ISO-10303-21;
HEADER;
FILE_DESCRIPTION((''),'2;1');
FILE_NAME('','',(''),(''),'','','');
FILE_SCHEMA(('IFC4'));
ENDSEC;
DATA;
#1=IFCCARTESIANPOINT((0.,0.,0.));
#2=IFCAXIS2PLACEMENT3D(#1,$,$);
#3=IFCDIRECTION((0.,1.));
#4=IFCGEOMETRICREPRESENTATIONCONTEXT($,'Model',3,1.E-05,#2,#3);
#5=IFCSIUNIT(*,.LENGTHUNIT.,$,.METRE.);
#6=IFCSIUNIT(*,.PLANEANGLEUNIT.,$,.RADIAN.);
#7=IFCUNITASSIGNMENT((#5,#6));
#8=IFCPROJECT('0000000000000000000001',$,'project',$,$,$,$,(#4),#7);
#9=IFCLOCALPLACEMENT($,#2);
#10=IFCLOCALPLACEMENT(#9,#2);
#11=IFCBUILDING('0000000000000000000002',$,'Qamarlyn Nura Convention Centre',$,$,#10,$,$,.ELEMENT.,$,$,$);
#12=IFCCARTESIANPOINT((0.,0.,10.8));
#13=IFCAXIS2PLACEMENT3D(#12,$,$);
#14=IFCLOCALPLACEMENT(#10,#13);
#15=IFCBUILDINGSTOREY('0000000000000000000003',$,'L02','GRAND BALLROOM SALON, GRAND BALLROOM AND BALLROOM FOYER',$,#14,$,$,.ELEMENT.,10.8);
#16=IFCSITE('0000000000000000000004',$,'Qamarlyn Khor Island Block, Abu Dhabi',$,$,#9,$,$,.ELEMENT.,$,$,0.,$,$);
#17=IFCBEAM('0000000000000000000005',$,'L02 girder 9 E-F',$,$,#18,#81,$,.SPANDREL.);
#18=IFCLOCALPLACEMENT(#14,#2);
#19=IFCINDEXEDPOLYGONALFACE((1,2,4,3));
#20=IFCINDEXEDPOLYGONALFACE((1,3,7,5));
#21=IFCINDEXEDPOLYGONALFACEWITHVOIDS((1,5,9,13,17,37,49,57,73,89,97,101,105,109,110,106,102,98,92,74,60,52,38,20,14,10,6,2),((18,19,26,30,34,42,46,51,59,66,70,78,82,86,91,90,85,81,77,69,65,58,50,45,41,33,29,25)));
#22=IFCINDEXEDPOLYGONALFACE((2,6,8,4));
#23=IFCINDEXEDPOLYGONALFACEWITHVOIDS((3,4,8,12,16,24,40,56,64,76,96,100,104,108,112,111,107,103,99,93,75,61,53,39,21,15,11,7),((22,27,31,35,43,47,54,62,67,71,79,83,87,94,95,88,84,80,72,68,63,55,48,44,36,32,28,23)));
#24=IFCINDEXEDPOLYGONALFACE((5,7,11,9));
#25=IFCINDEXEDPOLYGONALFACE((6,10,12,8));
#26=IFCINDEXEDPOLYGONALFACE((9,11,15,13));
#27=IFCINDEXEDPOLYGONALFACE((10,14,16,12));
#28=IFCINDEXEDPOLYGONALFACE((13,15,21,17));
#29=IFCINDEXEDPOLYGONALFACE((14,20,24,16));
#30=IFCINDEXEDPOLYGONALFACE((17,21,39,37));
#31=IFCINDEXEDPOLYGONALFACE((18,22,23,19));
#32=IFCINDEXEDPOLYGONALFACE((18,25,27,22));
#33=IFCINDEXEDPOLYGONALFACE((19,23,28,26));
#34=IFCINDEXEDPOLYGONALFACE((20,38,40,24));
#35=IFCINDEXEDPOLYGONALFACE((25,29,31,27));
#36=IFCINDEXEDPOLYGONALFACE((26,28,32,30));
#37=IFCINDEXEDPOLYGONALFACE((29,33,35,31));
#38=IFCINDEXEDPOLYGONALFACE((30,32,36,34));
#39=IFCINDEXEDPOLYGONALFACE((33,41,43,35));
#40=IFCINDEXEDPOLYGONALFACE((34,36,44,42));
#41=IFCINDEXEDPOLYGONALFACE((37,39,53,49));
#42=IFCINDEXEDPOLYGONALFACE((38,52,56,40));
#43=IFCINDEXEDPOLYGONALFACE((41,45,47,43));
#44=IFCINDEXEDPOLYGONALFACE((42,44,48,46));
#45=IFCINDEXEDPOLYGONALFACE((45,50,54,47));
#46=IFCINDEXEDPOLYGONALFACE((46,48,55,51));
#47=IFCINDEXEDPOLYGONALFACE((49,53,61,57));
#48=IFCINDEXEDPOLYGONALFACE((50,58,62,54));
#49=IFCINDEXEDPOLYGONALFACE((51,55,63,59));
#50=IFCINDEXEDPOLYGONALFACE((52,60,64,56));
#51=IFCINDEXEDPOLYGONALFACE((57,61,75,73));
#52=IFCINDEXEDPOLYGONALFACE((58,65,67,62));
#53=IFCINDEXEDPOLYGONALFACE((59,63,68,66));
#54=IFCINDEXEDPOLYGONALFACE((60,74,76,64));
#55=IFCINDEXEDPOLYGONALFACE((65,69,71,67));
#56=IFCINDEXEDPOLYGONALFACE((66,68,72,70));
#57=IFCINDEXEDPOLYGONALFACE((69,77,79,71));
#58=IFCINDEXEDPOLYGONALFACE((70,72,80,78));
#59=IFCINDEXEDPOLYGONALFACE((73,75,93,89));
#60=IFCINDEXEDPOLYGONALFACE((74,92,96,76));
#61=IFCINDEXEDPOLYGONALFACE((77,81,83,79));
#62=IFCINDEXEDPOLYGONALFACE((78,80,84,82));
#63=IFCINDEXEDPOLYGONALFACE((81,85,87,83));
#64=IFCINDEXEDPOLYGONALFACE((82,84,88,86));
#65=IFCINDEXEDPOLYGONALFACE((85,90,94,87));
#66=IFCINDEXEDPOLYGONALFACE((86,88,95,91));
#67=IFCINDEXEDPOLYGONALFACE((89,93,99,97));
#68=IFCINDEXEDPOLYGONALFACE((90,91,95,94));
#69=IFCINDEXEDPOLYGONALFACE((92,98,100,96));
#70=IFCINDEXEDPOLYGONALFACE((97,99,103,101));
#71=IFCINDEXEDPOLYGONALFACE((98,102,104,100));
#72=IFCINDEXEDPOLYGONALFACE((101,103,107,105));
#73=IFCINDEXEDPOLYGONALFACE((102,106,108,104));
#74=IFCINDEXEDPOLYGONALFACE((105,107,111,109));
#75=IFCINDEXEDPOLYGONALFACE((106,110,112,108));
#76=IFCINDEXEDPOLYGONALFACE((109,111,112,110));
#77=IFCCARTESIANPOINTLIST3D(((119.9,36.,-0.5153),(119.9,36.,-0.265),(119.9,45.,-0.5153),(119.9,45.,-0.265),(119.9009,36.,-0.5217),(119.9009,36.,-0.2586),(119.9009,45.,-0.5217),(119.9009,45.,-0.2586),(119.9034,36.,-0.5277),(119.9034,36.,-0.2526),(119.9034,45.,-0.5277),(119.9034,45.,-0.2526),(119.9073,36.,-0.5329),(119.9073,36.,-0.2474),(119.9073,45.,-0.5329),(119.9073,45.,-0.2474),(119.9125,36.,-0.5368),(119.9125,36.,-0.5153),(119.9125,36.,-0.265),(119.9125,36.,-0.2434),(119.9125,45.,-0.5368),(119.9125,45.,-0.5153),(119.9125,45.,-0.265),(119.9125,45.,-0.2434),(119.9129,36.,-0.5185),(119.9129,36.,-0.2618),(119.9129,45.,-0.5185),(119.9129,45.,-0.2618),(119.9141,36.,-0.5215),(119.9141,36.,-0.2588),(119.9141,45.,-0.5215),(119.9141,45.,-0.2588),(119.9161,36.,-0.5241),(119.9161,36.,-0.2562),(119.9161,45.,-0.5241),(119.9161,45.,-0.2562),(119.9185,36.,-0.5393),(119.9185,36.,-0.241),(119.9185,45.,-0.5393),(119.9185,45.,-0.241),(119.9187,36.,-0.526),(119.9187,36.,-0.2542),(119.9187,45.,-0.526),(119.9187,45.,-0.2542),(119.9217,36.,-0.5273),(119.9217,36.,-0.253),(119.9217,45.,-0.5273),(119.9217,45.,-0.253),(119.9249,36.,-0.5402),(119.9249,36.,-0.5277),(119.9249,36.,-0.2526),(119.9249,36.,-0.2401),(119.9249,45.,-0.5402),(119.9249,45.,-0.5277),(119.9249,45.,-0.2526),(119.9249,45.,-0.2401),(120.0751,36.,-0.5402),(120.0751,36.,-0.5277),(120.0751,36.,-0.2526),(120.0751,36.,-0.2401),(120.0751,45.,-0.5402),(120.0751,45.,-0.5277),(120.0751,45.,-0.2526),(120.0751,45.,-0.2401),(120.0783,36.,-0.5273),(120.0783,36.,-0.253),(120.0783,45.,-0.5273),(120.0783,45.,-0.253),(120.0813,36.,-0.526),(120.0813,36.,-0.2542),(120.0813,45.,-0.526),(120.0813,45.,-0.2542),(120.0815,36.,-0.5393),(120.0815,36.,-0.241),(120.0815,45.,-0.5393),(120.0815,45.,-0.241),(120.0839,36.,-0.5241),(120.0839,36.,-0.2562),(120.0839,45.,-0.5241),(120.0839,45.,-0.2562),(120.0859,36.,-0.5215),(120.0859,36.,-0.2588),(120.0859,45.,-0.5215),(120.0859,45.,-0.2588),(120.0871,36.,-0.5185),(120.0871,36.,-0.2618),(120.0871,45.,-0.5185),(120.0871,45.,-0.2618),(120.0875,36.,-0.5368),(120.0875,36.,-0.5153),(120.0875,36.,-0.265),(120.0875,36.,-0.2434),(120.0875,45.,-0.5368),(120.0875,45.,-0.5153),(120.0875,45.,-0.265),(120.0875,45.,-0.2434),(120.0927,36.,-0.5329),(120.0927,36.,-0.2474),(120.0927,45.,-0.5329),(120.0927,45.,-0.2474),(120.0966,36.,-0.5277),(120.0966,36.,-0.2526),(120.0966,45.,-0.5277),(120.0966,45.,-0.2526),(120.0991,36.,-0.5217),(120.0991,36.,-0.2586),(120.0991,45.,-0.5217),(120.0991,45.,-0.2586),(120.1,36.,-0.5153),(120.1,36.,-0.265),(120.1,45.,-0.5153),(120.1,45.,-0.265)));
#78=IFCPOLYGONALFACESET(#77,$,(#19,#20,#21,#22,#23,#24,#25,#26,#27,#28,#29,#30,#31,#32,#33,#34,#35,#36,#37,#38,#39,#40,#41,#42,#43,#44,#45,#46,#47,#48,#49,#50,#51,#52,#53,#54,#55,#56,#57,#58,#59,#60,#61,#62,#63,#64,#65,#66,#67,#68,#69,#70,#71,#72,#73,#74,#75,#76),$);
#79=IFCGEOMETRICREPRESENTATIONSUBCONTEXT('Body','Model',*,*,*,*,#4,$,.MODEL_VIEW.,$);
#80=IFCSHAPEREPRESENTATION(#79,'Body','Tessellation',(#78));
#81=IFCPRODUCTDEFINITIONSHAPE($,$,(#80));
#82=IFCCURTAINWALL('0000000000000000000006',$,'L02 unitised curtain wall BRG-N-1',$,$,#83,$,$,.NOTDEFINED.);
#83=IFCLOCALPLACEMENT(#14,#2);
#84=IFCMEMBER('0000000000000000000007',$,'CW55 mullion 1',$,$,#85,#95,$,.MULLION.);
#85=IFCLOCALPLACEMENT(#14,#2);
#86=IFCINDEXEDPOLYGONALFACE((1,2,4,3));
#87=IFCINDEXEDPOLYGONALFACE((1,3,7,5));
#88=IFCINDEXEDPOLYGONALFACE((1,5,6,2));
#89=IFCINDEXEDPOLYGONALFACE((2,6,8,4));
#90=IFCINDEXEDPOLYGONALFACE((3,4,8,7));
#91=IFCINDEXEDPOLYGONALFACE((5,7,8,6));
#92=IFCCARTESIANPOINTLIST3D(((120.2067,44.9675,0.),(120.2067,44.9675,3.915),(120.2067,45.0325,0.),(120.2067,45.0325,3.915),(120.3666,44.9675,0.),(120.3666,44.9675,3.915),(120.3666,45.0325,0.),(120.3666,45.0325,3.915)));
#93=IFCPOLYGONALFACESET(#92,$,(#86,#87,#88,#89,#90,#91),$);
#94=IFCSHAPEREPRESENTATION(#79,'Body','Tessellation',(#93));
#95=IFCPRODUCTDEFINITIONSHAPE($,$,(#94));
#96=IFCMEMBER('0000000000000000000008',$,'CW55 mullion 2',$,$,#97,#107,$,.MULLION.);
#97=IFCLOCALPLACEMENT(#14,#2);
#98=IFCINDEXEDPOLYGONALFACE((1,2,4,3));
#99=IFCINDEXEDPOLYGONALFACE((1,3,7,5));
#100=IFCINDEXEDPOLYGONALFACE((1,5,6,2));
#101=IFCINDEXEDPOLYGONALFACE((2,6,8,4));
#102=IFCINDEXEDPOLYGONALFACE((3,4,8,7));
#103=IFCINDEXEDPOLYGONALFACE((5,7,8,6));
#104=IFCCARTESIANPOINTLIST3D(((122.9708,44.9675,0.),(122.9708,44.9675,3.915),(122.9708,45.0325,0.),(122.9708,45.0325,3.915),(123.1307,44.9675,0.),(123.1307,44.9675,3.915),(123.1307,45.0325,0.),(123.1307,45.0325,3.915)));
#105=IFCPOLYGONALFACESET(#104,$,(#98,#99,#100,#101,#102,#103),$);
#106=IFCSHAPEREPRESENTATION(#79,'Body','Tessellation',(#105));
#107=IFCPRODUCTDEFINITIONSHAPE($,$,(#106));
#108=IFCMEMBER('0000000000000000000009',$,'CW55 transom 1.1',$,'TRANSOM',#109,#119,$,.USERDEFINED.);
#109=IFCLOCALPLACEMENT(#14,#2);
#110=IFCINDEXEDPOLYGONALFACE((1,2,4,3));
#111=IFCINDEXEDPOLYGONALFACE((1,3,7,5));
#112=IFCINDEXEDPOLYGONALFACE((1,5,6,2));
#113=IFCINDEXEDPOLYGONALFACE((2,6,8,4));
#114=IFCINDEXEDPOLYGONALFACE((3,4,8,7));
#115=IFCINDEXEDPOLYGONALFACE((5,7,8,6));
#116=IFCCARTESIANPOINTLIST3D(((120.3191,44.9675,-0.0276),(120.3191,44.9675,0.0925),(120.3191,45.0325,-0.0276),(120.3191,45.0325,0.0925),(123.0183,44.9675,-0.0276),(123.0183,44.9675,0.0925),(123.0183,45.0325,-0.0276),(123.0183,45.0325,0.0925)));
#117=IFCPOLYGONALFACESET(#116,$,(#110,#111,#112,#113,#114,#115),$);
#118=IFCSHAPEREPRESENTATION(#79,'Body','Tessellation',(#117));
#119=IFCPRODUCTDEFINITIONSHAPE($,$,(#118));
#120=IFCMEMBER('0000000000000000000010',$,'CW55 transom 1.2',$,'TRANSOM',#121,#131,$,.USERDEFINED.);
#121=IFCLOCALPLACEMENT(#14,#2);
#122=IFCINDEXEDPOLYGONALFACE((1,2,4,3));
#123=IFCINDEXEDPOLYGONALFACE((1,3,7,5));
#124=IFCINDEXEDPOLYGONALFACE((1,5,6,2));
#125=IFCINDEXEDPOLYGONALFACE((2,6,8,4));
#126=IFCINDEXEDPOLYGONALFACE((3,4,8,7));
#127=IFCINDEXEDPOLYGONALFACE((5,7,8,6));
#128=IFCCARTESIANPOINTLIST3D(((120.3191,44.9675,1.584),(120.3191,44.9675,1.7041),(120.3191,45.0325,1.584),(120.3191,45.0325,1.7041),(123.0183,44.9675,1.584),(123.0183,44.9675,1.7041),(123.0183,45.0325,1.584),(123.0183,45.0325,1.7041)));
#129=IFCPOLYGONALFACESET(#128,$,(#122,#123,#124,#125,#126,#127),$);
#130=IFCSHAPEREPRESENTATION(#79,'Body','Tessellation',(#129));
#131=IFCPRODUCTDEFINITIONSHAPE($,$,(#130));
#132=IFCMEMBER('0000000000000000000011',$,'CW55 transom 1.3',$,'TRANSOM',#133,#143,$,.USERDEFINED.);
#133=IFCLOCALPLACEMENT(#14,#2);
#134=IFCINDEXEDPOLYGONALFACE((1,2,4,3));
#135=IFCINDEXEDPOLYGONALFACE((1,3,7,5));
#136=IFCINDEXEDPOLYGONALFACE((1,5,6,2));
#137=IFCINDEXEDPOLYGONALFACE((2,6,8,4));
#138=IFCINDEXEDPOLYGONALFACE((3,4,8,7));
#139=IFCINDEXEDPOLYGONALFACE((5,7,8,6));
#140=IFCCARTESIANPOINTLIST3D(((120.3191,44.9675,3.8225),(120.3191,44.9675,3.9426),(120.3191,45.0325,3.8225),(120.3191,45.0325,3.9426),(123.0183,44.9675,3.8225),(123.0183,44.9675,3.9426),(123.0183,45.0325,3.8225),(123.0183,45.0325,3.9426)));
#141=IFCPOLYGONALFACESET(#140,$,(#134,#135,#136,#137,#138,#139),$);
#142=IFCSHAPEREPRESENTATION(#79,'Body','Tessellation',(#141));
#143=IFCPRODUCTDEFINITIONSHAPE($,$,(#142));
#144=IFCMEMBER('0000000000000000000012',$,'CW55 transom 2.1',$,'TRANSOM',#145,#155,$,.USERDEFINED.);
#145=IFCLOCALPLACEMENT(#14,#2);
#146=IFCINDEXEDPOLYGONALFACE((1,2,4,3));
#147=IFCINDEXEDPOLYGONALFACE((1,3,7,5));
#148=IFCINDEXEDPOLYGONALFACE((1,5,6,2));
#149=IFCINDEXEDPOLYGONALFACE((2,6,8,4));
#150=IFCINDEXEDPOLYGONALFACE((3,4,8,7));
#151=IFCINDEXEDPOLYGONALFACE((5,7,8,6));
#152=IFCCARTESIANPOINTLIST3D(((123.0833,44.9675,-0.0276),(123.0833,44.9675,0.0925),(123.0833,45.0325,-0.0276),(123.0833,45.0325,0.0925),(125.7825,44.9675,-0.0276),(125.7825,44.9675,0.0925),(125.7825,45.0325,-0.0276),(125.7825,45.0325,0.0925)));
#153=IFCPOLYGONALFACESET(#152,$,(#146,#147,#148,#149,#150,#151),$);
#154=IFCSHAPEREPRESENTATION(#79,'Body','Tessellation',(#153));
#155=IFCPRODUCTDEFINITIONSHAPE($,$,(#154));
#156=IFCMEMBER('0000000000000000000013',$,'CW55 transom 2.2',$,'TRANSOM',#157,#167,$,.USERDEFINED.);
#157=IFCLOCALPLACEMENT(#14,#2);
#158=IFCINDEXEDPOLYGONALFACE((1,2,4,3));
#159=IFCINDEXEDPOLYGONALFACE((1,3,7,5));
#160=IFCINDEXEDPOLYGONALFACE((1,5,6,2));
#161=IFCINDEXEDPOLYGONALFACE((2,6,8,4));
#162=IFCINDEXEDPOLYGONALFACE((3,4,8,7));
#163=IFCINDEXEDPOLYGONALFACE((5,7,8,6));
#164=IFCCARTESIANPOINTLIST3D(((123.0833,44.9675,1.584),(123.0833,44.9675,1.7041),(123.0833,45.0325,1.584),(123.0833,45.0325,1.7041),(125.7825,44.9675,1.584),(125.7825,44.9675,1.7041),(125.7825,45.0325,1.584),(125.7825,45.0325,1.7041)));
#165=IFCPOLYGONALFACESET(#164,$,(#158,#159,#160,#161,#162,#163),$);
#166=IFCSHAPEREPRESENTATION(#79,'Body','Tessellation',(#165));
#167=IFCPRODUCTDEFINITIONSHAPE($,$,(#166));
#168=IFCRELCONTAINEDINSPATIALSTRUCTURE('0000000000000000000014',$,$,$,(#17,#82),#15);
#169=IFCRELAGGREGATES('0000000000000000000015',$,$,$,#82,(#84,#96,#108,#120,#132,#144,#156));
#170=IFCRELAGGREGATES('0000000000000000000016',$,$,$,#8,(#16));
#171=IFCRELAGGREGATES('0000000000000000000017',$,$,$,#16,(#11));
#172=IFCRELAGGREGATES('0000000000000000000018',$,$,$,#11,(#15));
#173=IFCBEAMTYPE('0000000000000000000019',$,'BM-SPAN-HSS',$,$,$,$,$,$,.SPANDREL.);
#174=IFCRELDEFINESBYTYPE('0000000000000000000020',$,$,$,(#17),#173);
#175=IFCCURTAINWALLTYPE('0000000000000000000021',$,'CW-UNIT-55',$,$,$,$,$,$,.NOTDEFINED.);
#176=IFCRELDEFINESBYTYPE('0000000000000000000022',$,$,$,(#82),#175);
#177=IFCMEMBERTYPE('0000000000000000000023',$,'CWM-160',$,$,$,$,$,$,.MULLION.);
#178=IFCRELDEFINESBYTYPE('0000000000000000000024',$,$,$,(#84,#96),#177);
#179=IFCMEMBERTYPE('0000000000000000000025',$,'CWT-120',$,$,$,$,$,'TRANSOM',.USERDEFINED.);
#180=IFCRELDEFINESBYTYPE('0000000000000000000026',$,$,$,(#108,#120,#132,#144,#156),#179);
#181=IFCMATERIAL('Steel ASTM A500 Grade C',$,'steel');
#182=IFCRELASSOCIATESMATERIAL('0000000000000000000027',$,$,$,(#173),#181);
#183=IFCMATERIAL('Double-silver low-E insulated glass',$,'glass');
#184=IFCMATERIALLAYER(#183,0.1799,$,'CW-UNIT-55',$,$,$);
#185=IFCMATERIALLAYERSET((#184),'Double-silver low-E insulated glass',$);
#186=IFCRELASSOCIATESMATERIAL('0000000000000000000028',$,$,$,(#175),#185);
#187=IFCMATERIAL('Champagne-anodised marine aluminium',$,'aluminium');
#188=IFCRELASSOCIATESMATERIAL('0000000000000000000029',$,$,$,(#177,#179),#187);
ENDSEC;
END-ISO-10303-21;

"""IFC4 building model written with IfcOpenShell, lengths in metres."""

from ifc_helpers import new_model, si_unit, direction, frame, origin, origin_2d, place, context, subcontext, project, spatial, rectangle, hollow_rectangle, extrude, material, layer, layer_set, material_profile, profile_set, type_object, element, aggregate, save


model = new_model("IFC4")

# Units and contexts
model_context = context("Model", 3, precision=1e-05, world=origin(), true_north=direction((0.0, 1.0)))
body_context = subcontext(model_context, "Body", "Model", "MODEL_VIEW")
ifc_project = project(units=[si_unit("LENGTHUNIT", "METRE"), si_unit("PLANEANGLEUNIT", "RADIAN")], contexts=[model_context])

# Site, building, storey
site_placement = place(None, origin())
site = spatial("IfcSite", under=ifc_project, at=site_placement, Name="Qamarlyn Khor Island Block, Abu Dhabi", CompositionType="ELEMENT", RefElevation=0.0)
building_placement = place(site_placement, origin())
building = spatial("IfcBuilding", under=site, at=building_placement, Name="Qamarlyn Nura Convention Centre", CompositionType="ELEMENT")
storey_placement = place(building_placement, frame((0.0, 0.0, 10.8)))
storey = spatial("IfcBuildingStorey", under=building, at=storey_placement, Name="L02", Description="GRAND BALLROOM SALON, GRAND BALLROOM AND BALLROOM FOYER", CompositionType="ELEMENT", Elevation=10.8)

# Beam
ifc_material_1 = material(Name="Steel ASTM A500 Grade C", Category="steel")
ifc_material_profile_1 = material_profile(ifc_material_1, hollow_rectangle(XDim=0.2, YDim=0.3, WallThickness=0.0125, InnerFilletRadius=0.0125, OuterFilletRadius=0.0249, at=origin_2d()), Name="HSS300X200X12.5")
ifc_profile_set_1 = profile_set([ifc_material_profile_1], Name="Steel ASTM A500 Grade C")
beam_type_1 = type_object("IfcBeamType", Name="BM-SPAN-HSS", PredefinedType="SPANDREL", material=ifc_profile_set_1)
beam_1_placement = place(storey_placement, frame((120.0, 36.0, -0.3901), z_axis=(0.0, 1.0, 0.0), x_axis=(-1.0, 0.0, 0.0)))
element("IfcBeam", 1, at=beam_1_placement, inside=storey, type_object=beam_type_1, Name="L02 girder 9 E-F", PredefinedType="SPANDREL", context=body_context, shape_type="SweptSolid", body=[
    extrude(hollow_rectangle(XDim=0.2, YDim=0.3, WallThickness=0.0125, InnerFilletRadius=0.0125, OuterFilletRadius=0.0249, at=origin_2d()), origin(), (0.0, 0.0, 1.0), 9.0),
])

# Curtain wall, members
ifc_material_2 = material(Name="Double-silver low-E insulated glass", Category="glass")
ifc_layer_1 = layer(ifc_material_2, 0.1799, Name="CW-UNIT-55")
ifc_layer_set_1 = layer_set([ifc_layer_1], Name="Double-silver low-E insulated glass")
curtain_wall_type = type_object("IfcCurtainWallType", Name="CW-UNIT-55", PredefinedType="NOTDEFINED", material=ifc_layer_set_1)
curtain_wall_placement = place(storey_placement, origin())
curtain_wall = element("IfcCurtainWall", 2, at=curtain_wall_placement, inside=storey, type_object=curtain_wall_type, Name="L02 unitised curtain wall BRG-N-1", PredefinedType="NOTDEFINED")
ifc_material_3 = material(Name="Champagne-anodised marine aluminium", Category="aluminium")
ifc_material_profile_2 = material_profile(ifc_material_3, rectangle(XDim=0.0649, YDim=0.1599, at=origin_2d()), Name="ALU MULLION 65x160")
ifc_profile_set_2 = profile_set([ifc_material_profile_2], Name="Champagne-anodised marine aluminium")
member_type_1 = type_object("IfcMemberType", Name="CWM-160", PredefinedType="MULLION", material=ifc_profile_set_2)
member_1_placement = place(storey_placement, frame((120.2866, 45.0, 0.0), z_axis=(0.0, 0.0, 1.0), x_axis=(0.0, 1.0, 0.0)))
member_1 = element("IfcMember", 3, at=member_1_placement, type_object=member_type_1, Name="CW55 mullion 1", PredefinedType="MULLION", context=body_context, shape_type="SweptSolid", body=[
    extrude(rectangle(XDim=0.0649, YDim=0.1599, at=origin_2d()), origin(), (0.0, 0.0, 1.0), 3.915),
])
member_2_placement = place(storey_placement, frame((123.0508, 45.0, 0.0), z_axis=(0.0, 0.0, 1.0), x_axis=(0.0, 1.0, 0.0)))
member_2 = element("IfcMember", 4, at=member_2_placement, type_object=member_type_1, Name="CW55 mullion 2", PredefinedType="MULLION", context=body_context, shape_type="SweptSolid", body=[
    extrude(rectangle(XDim=0.0649, YDim=0.1599, at=origin_2d()), origin(), (0.0, 0.0, 1.0), 3.915),
])
ifc_material_profile_3 = material_profile(ifc_material_3, rectangle(XDim=0.0649, YDim=0.1201, at=origin_2d()), Name="ALU TRANSOM 65x120")
ifc_profile_set_3 = profile_set([ifc_material_profile_3], Name="Champagne-anodised marine aluminium")
member_type_2 = type_object("IfcMemberType", Name="CWT-120", ElementType="TRANSOM", PredefinedType="USERDEFINED", material=ifc_profile_set_3)
member_3_placement = place(storey_placement, frame((120.3191, 45.0, 0.0325), z_axis=(1.0, 0.0, 0.0), x_axis=(0.0, 1.0, 0.0)))
member_3 = element("IfcMember", 5, at=member_3_placement, type_object=member_type_2, Name="CW55 transom 1.1", ObjectType="TRANSOM", PredefinedType="USERDEFINED", context=body_context, shape_type="SweptSolid", body=[
    extrude(rectangle(XDim=0.0649, YDim=0.1201, at=origin_2d()), origin(), (0.0, 0.0, 1.0), 2.6992),
])
member_4_placement = place(storey_placement, frame((120.3191, 45.0, 1.644), z_axis=(1.0, 0.0, 0.0), x_axis=(0.0, 1.0, 0.0)))
member_4 = element("IfcMember", 6, at=member_4_placement, type_object=member_type_2, Name="CW55 transom 1.2", ObjectType="TRANSOM", PredefinedType="USERDEFINED", context=body_context, shape_type="SweptSolid", body=[
    extrude(rectangle(XDim=0.0649, YDim=0.1201, at=origin_2d()), origin(), (0.0, 0.0, 1.0), 2.6992),
])
member_5_placement = place(storey_placement, frame((120.3191, 45.0, 3.8826), z_axis=(1.0, 0.0, 0.0), x_axis=(0.0, 1.0, 0.0)))
member_5 = element("IfcMember", 7, at=member_5_placement, type_object=member_type_2, Name="CW55 transom 1.3", ObjectType="TRANSOM", PredefinedType="USERDEFINED", context=body_context, shape_type="SweptSolid", body=[
    extrude(rectangle(XDim=0.0649, YDim=0.1201, at=origin_2d()), origin(), (0.0, 0.0, 1.0), 2.6992),
])
member_6_placement = place(storey_placement, frame((123.0833, 45.0, 0.0325), z_axis=(1.0, 0.0, 0.0), x_axis=(0.0, 1.0, 0.0)))
member_6 = element("IfcMember", 8, at=member_6_placement, type_object=member_type_2, Name="CW55 transom 2.1", ObjectType="TRANSOM", PredefinedType="USERDEFINED", context=body_context, shape_type="SweptSolid", body=[
    extrude(rectangle(XDim=0.0649, YDim=0.1201, at=origin_2d()), origin(), (0.0, 0.0, 1.0), 2.6992),
])
member_7_placement = place(storey_placement, frame((123.0833, 45.0, 1.644), z_axis=(1.0, 0.0, 0.0), x_axis=(0.0, 1.0, 0.0)))
member_7 = element("IfcMember", 9, at=member_7_placement, type_object=member_type_2, Name="CW55 transom 2.2", ObjectType="TRANSOM", PredefinedType="USERDEFINED", context=body_context, shape_type="SweptSolid", body=[
    extrude(rectangle(XDim=0.0649, YDim=0.1201, at=origin_2d()), origin(), (0.0, 0.0, 1.0), 2.6992),
])

aggregate(curtain_wall, [member_1, member_2, member_3, member_4, member_5, member_6, member_7])

save(model, "model.ifc")
